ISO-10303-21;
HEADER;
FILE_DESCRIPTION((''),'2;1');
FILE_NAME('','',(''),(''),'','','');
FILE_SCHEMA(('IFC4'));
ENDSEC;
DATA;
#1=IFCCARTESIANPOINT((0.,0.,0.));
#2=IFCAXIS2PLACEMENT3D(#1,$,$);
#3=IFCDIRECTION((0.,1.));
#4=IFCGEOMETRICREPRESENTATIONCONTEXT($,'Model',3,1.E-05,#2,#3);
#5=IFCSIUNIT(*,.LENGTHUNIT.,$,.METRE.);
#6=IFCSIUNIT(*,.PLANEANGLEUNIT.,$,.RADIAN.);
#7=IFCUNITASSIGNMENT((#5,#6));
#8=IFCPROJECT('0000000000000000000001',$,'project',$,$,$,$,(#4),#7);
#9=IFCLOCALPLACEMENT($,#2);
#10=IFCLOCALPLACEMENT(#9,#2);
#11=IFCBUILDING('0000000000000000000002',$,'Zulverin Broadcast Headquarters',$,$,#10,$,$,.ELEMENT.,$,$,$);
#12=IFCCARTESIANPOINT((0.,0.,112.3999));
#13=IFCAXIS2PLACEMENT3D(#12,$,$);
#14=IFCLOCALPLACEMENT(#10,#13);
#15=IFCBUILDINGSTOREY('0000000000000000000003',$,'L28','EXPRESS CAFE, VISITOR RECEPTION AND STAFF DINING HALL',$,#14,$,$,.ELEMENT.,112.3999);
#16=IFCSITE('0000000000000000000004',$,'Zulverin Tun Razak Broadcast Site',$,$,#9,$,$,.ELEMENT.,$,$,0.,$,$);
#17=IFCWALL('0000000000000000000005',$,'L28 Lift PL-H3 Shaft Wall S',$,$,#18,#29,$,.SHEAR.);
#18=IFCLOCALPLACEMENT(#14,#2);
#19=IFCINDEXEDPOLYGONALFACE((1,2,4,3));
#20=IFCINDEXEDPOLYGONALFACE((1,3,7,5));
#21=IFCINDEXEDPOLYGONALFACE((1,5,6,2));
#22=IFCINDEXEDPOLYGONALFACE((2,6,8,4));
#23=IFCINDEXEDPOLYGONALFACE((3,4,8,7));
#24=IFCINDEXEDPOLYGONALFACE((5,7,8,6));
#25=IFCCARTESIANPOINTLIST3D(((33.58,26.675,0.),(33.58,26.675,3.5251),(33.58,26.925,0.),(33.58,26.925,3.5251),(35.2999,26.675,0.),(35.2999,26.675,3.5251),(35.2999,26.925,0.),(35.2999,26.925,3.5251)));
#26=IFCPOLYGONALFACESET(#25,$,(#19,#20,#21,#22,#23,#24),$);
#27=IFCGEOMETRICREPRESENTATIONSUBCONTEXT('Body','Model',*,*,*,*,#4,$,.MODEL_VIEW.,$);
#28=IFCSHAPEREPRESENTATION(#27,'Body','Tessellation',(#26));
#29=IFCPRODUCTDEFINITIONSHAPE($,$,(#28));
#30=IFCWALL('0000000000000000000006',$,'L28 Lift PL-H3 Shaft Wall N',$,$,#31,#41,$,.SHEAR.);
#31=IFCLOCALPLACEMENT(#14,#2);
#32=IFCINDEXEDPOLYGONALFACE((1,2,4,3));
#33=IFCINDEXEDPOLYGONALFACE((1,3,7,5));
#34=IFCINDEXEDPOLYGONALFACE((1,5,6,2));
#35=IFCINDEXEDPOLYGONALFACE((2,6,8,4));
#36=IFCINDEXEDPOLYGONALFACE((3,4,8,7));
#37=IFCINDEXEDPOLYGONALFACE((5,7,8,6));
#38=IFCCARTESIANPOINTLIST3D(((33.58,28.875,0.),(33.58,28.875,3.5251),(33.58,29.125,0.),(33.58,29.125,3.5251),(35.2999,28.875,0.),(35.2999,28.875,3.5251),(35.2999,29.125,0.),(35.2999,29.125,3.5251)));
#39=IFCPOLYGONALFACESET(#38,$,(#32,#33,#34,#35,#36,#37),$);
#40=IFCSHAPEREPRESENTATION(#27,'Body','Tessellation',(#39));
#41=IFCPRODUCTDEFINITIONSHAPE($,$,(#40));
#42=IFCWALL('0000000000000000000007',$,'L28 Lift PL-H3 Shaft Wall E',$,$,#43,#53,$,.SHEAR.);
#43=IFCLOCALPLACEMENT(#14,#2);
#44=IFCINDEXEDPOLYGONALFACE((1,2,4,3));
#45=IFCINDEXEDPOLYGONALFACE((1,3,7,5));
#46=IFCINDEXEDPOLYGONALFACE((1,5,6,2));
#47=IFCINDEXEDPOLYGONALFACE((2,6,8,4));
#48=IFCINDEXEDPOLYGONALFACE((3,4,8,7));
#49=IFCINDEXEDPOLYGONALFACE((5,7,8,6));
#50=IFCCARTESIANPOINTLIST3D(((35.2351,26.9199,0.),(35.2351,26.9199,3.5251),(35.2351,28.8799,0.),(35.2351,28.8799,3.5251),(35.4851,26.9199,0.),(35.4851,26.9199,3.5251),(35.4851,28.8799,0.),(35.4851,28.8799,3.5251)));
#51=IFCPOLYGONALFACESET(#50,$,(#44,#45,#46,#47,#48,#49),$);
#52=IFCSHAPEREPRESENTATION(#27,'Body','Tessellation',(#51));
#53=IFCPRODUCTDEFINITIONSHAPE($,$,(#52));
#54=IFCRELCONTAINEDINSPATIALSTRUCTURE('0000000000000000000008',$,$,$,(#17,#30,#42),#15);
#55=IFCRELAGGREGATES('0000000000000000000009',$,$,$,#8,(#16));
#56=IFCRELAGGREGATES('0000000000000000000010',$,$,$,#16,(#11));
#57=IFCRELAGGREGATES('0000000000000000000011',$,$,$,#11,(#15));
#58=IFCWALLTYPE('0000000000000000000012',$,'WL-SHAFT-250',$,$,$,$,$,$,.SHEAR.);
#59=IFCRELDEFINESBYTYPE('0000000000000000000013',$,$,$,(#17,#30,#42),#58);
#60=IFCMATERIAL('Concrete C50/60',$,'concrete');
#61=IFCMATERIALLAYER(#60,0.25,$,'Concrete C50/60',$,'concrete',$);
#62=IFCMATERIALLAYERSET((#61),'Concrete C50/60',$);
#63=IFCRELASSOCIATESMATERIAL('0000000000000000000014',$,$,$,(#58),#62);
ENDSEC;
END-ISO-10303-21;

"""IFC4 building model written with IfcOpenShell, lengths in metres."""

from ifc_helpers import new_model, si_unit, direction, frame, frame_2d, origin, place, context, subcontext, project, spatial, rectangle, extrude, material, layer, layer_set, type_object, element, save


model = new_model("IFC4")

# Units and contexts
model_context = context("Model", 3, precision=1e-05, world=origin(), true_north=direction((0.0, 1.0)))
body_context = subcontext(model_context, "Body", "Model", "MODEL_VIEW")
ifc_project = project(units=[si_unit("LENGTHUNIT", "METRE"), si_unit("PLANEANGLEUNIT", "RADIAN")], contexts=[model_context])

# Site, building, storey
site_placement = place(None, origin())
site = spatial("IfcSite", under=ifc_project, at=site_placement, Name="Zulverin Tun Razak Broadcast Site", CompositionType="ELEMENT", RefElevation=0.0)
building_placement = place(site_placement, origin())
building = spatial("IfcBuilding", under=site, at=building_placement, Name="Zulverin Broadcast Headquarters", CompositionType="ELEMENT")
storey_placement = place(building_placement, frame((0.0, 0.0, 112.3999)))
storey = spatial("IfcBuildingStorey", under=building, at=storey_placement, Name="L28", Description="EXPRESS CAFE, VISITOR RECEPTION AND STAFF DINING HALL", CompositionType="ELEMENT", Elevation=112.3999)

# Walls
ifc_material_1 = material(Name="Concrete C50/60", Category="concrete")
ifc_layer_1 = layer(ifc_material_1, 0.25, Name="Concrete C50/60", Category="concrete")
ifc_layer_set_1 = layer_set([ifc_layer_1], Name="Concrete C50/60")
wall_type_1 = type_object("IfcWallType", Name="WL-SHAFT-250", PredefinedType="SHEAR", material=ifc_layer_set_1)
for number, where, z_axis, x_axis, name in (
    (1, (33.5801, 26.8, 0.0), (0.0, 0.0, 1.0), (1.0, 0.0, 0.0), "L28 Lift PL-H3 Shaft Wall S"),
    (2, (33.5801, 29.0, 0.0), (0.0, 0.0, 1.0), (1.0, 0.0, 0.0), "L28 Lift PL-H3 Shaft Wall N"),
):
    element("IfcWall", number, at=place(storey_placement, frame(where, z_axis=z_axis, x_axis=x_axis)), inside=storey, type_object=wall_type_1, Name=name, PredefinedType="SHEAR", context=body_context, shape_type="SweptSolid", body=[
        extrude(rectangle(XDim=1.72, YDim=0.25, at=frame_2d((0.8599, 0.0))), origin(), (0.0, 0.0, 1.0), 3.5251),
    ])
wall_1_placement = place(storey_placement, frame((35.3601, 26.9199, 0.0), z_axis=(0.0, 0.0, 1.0), x_axis=(0.0, 1.0, 0.0)))
element("IfcWall", 3, at=wall_1_placement, inside=storey, type_object=wall_type_1, Name="L28 Lift PL-H3 Shaft Wall E", PredefinedType="SHEAR", context=body_context, shape_type="SweptSolid", body=[
    extrude(rectangle(XDim=1.96, YDim=0.25, at=frame_2d((0.98, 0.0))), origin(), (0.0, 0.0, 1.0), 3.5251),
])

save(model, "model.ifc")
